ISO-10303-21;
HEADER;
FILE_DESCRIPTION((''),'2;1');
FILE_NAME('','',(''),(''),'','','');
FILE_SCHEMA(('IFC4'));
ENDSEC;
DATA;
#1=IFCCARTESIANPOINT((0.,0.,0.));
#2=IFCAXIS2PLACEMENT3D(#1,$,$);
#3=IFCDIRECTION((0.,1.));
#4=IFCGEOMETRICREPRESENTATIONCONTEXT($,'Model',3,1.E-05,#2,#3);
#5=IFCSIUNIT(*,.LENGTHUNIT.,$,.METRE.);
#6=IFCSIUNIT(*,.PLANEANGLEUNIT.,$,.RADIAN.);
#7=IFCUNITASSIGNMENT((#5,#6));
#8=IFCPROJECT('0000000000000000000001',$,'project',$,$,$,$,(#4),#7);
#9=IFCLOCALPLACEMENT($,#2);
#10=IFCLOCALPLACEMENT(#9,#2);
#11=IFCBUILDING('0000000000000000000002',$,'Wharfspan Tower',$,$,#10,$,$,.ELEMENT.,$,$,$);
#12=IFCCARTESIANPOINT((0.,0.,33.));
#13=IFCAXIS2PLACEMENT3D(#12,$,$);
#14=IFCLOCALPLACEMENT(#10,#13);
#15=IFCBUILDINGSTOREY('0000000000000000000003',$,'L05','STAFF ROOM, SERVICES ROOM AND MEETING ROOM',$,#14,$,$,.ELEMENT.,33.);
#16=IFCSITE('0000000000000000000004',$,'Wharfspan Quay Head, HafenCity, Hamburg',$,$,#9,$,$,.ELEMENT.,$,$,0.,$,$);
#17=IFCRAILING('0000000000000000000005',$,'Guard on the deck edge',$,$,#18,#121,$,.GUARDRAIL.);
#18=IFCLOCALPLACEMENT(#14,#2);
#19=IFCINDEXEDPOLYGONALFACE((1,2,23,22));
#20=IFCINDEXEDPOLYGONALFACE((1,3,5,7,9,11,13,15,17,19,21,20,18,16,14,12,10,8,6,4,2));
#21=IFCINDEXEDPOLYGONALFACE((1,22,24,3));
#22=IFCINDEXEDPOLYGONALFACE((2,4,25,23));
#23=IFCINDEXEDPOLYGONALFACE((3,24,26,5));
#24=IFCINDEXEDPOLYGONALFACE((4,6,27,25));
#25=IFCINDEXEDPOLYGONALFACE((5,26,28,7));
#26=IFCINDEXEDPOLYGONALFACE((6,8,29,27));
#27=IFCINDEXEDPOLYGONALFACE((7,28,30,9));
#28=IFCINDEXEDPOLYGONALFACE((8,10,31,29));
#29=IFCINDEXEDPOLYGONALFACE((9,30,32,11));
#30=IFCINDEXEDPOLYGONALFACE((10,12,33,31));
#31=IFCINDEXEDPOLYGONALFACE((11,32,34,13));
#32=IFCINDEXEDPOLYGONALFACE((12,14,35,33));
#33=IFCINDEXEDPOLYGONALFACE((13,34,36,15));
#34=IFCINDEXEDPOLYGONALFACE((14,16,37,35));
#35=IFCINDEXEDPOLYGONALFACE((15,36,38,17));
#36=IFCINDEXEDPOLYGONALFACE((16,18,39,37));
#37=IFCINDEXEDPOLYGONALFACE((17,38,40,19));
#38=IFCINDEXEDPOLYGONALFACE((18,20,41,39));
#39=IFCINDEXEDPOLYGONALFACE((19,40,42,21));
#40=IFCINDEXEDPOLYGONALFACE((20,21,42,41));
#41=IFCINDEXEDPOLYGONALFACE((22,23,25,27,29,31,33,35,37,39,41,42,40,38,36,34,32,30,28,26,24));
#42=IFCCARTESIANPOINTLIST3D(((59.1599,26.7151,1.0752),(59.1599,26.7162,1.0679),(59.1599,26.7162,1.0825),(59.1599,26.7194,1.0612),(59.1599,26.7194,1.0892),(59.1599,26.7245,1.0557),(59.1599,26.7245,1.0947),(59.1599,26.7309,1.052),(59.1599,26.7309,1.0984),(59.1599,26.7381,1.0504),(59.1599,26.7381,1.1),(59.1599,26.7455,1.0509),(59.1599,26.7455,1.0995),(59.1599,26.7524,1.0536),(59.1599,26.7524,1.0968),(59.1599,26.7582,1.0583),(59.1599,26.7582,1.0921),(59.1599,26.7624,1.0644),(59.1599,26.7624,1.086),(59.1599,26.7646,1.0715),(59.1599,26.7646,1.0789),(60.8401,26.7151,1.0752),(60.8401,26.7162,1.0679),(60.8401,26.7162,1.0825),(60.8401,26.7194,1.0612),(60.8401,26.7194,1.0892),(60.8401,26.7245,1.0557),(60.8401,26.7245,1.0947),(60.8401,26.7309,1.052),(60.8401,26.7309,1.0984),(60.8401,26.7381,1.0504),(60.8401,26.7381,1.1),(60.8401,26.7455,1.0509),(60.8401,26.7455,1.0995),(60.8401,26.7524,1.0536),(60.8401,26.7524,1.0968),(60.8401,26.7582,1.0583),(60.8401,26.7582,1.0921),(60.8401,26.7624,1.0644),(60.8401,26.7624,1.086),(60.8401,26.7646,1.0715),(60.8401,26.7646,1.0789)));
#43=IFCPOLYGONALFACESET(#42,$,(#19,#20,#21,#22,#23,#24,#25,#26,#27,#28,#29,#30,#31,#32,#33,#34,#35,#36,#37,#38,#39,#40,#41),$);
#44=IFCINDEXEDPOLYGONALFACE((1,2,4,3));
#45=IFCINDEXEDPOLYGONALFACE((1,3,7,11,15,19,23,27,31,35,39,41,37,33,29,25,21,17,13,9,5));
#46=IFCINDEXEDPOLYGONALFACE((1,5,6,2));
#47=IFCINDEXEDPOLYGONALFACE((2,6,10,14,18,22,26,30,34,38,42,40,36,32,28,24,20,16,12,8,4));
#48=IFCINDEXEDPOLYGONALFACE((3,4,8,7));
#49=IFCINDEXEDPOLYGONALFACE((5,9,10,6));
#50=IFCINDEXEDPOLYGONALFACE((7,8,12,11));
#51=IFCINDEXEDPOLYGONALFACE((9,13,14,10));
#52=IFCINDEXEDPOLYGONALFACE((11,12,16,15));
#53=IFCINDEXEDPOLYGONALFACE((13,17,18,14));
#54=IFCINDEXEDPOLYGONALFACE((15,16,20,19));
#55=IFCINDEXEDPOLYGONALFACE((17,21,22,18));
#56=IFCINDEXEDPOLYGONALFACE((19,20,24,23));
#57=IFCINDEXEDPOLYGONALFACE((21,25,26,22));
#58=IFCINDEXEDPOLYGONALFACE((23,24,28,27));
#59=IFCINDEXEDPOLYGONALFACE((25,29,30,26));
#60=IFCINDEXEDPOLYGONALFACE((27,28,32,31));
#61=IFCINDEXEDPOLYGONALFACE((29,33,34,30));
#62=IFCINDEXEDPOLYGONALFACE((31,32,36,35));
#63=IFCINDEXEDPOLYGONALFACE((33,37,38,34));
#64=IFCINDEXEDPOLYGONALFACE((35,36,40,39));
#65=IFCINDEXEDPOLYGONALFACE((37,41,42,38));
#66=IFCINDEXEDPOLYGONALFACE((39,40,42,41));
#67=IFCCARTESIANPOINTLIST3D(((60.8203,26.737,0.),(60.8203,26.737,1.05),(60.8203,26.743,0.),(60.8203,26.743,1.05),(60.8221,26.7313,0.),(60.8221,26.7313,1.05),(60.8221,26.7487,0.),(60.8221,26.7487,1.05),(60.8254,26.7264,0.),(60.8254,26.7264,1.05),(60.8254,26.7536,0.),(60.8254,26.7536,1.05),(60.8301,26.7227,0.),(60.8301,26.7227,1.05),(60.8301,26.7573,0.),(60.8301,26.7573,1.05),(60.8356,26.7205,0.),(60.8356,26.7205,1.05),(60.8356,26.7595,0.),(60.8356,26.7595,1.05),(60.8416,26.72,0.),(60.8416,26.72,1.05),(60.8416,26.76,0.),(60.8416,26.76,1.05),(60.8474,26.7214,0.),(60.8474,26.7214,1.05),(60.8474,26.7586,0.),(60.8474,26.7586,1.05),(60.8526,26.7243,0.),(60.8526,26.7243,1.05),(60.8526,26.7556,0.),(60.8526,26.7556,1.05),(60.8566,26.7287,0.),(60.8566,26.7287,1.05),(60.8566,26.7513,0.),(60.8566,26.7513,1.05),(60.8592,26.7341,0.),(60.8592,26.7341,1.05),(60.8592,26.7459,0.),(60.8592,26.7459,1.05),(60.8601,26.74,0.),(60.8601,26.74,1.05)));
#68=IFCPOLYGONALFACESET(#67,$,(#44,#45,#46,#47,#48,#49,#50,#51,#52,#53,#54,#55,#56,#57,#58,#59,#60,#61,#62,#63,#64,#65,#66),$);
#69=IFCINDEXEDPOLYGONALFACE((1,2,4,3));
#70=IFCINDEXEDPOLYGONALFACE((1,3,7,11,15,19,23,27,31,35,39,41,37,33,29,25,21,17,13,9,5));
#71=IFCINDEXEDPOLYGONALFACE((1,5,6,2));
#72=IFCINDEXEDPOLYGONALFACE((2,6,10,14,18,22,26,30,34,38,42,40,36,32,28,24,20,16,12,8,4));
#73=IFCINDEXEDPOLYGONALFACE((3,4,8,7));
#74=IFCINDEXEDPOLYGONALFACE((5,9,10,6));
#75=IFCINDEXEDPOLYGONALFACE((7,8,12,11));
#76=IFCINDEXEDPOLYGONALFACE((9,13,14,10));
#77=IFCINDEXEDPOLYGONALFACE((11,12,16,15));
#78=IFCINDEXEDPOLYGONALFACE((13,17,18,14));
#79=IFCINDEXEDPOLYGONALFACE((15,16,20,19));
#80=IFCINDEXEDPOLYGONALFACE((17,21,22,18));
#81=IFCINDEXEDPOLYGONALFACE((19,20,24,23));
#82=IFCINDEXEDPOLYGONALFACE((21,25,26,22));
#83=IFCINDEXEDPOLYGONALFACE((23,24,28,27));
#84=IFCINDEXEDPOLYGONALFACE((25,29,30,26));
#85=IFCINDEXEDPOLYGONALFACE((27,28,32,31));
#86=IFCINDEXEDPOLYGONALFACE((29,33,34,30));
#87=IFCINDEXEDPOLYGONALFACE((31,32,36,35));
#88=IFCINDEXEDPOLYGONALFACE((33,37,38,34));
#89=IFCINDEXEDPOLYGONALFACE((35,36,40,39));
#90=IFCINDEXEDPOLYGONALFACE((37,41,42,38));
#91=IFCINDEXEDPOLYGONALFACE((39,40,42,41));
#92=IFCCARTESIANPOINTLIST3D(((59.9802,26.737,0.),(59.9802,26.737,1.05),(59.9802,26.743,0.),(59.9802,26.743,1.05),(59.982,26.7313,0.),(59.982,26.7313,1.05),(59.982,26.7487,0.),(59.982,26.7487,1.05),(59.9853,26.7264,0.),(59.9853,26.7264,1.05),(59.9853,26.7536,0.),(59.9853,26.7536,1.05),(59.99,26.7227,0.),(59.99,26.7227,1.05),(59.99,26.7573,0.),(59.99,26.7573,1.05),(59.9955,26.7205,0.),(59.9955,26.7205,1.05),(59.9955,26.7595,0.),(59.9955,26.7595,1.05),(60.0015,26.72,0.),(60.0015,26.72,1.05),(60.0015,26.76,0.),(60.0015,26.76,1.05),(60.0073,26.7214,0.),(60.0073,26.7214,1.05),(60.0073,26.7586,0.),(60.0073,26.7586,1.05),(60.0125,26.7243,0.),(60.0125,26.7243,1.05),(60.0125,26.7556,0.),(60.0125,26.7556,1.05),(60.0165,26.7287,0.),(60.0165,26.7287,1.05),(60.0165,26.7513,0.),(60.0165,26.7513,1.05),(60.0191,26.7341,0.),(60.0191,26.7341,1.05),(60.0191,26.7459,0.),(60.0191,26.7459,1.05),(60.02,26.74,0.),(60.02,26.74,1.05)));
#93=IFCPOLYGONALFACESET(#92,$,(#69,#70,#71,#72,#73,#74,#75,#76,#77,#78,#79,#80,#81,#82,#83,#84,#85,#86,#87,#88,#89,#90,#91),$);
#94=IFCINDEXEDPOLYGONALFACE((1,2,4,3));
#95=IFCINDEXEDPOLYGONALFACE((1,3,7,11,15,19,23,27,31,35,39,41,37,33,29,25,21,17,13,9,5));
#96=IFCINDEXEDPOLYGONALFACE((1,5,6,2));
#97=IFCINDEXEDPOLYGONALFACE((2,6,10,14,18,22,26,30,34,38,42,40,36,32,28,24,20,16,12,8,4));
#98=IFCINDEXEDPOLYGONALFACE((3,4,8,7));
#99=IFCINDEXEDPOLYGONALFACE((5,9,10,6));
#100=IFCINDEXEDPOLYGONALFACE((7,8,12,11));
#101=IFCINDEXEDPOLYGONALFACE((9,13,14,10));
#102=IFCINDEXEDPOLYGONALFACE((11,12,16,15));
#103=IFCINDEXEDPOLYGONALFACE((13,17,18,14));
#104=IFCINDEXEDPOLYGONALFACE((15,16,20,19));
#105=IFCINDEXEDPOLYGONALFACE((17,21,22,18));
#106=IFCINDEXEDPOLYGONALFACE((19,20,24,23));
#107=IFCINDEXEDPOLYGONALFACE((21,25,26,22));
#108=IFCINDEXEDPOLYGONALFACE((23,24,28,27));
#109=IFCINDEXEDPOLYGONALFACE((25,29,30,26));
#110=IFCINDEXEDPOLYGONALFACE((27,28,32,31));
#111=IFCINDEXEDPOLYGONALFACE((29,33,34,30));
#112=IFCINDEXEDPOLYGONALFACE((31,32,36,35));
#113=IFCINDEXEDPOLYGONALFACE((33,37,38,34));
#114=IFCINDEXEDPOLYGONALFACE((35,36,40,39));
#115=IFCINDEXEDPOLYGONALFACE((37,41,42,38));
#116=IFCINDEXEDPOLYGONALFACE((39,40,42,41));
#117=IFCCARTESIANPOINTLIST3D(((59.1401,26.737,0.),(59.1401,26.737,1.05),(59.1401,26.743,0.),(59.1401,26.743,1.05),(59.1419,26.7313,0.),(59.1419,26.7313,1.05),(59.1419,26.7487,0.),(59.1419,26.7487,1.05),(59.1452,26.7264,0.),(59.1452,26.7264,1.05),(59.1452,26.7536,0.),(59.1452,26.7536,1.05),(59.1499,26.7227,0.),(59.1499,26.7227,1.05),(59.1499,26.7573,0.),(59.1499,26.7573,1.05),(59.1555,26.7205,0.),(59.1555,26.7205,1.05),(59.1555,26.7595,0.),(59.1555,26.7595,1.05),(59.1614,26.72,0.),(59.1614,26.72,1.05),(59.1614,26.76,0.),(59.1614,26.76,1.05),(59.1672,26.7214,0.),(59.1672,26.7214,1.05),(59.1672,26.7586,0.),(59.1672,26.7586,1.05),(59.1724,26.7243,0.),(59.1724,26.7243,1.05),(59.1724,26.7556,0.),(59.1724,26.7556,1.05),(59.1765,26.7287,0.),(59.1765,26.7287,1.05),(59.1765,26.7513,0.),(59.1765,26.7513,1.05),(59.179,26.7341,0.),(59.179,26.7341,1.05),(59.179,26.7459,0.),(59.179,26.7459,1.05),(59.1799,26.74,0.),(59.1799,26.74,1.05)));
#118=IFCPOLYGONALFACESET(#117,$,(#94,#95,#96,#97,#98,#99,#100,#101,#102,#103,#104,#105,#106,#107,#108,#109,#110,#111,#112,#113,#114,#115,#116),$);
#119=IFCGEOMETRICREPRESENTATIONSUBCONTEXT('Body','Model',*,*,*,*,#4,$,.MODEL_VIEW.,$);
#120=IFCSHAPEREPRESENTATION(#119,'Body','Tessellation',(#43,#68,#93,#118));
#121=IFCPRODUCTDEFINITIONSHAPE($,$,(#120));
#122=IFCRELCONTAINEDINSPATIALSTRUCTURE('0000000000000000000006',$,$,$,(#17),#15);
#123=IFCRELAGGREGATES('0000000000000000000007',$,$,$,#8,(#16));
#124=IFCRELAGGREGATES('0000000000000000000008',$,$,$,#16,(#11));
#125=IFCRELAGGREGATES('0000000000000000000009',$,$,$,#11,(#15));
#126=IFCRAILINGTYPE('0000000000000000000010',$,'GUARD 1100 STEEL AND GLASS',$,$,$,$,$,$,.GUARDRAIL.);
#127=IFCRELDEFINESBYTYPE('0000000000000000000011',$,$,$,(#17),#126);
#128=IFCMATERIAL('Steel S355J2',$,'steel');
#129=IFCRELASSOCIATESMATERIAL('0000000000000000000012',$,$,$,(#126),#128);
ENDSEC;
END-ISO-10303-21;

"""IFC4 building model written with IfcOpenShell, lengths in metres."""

from ifc_helpers import new_model, si_unit, direction, frame, origin, origin_2d, place, context, subcontext, project, spatial, circle, extrude, material, type_object, element, save


model = new_model("IFC4")

# Units and contexts
model_context = context("Model", 3, precision=1e-05, world=origin(), true_north=direction((0.0, 1.0)))
body_context = subcontext(model_context, "Body", "Model", "MODEL_VIEW")
ifc_project = project(units=[si_unit("LENGTHUNIT", "METRE"), si_unit("PLANEANGLEUNIT", "RADIAN")], contexts=[model_context])

# Site, building, storey
site_placement = place(None, origin())
site = spatial("IfcSite", under=ifc_project, at=site_placement, Name="Wharfspan Quay Head, HafenCity, Hamburg", CompositionType="ELEMENT", RefElevation=0.0)
building_placement = place(site_placement, origin())
building = spatial("IfcBuilding", under=site, at=building_placement, Name="Wharfspan Tower", CompositionType="ELEMENT")
storey_placement = place(building_placement, frame((0.0, 0.0, 33.0)))
storey = spatial("IfcBuildingStorey", under=building, at=storey_placement, Name="L05", Description="STAFF ROOM, SERVICES ROOM AND MEETING ROOM", CompositionType="ELEMENT", Elevation=33.0)

# Railing
ifc_material_1 = material(Name="Steel S355J2", Category="steel")
railing_type = type_object("IfcRailingType", Name="GUARD 1100 STEEL AND GLASS", PredefinedType="GUARDRAIL", material=ifc_material_1)
railing_1_placement = place(storey_placement, frame((60.8401, 26.74, 0.0)))
element("IfcRailing", 1, at=railing_1_placement, inside=storey, type_object=railing_type, Name="Guard on the deck edge", PredefinedType="GUARDRAIL", context=body_context, shape_type="SweptSolid", body=[
    extrude(circle(Radius=0.0249, at=origin_2d()), frame((0.0, 0.0, 1.0752), z_axis=(-1.0, 0.0, 0.0), x_axis=(0.0, -1.0, 0.0)), (0.0, 0.0, 1.0), 1.6802),
    extrude(circle(Radius=0.02, at=origin_2d()), origin(), (0.0, 0.0, 1.0), 1.05),
    extrude(circle(Radius=0.02, at=origin_2d()), frame((-0.8401, 0.0, 0.0)), (0.0, 0.0, 1.0), 1.05),
    extrude(circle(Radius=0.02, at=origin_2d()), frame((-1.6802, 0.0, 0.0)), (0.0, 0.0, 1.0), 1.05),
])

save(model, "model.ifc")
